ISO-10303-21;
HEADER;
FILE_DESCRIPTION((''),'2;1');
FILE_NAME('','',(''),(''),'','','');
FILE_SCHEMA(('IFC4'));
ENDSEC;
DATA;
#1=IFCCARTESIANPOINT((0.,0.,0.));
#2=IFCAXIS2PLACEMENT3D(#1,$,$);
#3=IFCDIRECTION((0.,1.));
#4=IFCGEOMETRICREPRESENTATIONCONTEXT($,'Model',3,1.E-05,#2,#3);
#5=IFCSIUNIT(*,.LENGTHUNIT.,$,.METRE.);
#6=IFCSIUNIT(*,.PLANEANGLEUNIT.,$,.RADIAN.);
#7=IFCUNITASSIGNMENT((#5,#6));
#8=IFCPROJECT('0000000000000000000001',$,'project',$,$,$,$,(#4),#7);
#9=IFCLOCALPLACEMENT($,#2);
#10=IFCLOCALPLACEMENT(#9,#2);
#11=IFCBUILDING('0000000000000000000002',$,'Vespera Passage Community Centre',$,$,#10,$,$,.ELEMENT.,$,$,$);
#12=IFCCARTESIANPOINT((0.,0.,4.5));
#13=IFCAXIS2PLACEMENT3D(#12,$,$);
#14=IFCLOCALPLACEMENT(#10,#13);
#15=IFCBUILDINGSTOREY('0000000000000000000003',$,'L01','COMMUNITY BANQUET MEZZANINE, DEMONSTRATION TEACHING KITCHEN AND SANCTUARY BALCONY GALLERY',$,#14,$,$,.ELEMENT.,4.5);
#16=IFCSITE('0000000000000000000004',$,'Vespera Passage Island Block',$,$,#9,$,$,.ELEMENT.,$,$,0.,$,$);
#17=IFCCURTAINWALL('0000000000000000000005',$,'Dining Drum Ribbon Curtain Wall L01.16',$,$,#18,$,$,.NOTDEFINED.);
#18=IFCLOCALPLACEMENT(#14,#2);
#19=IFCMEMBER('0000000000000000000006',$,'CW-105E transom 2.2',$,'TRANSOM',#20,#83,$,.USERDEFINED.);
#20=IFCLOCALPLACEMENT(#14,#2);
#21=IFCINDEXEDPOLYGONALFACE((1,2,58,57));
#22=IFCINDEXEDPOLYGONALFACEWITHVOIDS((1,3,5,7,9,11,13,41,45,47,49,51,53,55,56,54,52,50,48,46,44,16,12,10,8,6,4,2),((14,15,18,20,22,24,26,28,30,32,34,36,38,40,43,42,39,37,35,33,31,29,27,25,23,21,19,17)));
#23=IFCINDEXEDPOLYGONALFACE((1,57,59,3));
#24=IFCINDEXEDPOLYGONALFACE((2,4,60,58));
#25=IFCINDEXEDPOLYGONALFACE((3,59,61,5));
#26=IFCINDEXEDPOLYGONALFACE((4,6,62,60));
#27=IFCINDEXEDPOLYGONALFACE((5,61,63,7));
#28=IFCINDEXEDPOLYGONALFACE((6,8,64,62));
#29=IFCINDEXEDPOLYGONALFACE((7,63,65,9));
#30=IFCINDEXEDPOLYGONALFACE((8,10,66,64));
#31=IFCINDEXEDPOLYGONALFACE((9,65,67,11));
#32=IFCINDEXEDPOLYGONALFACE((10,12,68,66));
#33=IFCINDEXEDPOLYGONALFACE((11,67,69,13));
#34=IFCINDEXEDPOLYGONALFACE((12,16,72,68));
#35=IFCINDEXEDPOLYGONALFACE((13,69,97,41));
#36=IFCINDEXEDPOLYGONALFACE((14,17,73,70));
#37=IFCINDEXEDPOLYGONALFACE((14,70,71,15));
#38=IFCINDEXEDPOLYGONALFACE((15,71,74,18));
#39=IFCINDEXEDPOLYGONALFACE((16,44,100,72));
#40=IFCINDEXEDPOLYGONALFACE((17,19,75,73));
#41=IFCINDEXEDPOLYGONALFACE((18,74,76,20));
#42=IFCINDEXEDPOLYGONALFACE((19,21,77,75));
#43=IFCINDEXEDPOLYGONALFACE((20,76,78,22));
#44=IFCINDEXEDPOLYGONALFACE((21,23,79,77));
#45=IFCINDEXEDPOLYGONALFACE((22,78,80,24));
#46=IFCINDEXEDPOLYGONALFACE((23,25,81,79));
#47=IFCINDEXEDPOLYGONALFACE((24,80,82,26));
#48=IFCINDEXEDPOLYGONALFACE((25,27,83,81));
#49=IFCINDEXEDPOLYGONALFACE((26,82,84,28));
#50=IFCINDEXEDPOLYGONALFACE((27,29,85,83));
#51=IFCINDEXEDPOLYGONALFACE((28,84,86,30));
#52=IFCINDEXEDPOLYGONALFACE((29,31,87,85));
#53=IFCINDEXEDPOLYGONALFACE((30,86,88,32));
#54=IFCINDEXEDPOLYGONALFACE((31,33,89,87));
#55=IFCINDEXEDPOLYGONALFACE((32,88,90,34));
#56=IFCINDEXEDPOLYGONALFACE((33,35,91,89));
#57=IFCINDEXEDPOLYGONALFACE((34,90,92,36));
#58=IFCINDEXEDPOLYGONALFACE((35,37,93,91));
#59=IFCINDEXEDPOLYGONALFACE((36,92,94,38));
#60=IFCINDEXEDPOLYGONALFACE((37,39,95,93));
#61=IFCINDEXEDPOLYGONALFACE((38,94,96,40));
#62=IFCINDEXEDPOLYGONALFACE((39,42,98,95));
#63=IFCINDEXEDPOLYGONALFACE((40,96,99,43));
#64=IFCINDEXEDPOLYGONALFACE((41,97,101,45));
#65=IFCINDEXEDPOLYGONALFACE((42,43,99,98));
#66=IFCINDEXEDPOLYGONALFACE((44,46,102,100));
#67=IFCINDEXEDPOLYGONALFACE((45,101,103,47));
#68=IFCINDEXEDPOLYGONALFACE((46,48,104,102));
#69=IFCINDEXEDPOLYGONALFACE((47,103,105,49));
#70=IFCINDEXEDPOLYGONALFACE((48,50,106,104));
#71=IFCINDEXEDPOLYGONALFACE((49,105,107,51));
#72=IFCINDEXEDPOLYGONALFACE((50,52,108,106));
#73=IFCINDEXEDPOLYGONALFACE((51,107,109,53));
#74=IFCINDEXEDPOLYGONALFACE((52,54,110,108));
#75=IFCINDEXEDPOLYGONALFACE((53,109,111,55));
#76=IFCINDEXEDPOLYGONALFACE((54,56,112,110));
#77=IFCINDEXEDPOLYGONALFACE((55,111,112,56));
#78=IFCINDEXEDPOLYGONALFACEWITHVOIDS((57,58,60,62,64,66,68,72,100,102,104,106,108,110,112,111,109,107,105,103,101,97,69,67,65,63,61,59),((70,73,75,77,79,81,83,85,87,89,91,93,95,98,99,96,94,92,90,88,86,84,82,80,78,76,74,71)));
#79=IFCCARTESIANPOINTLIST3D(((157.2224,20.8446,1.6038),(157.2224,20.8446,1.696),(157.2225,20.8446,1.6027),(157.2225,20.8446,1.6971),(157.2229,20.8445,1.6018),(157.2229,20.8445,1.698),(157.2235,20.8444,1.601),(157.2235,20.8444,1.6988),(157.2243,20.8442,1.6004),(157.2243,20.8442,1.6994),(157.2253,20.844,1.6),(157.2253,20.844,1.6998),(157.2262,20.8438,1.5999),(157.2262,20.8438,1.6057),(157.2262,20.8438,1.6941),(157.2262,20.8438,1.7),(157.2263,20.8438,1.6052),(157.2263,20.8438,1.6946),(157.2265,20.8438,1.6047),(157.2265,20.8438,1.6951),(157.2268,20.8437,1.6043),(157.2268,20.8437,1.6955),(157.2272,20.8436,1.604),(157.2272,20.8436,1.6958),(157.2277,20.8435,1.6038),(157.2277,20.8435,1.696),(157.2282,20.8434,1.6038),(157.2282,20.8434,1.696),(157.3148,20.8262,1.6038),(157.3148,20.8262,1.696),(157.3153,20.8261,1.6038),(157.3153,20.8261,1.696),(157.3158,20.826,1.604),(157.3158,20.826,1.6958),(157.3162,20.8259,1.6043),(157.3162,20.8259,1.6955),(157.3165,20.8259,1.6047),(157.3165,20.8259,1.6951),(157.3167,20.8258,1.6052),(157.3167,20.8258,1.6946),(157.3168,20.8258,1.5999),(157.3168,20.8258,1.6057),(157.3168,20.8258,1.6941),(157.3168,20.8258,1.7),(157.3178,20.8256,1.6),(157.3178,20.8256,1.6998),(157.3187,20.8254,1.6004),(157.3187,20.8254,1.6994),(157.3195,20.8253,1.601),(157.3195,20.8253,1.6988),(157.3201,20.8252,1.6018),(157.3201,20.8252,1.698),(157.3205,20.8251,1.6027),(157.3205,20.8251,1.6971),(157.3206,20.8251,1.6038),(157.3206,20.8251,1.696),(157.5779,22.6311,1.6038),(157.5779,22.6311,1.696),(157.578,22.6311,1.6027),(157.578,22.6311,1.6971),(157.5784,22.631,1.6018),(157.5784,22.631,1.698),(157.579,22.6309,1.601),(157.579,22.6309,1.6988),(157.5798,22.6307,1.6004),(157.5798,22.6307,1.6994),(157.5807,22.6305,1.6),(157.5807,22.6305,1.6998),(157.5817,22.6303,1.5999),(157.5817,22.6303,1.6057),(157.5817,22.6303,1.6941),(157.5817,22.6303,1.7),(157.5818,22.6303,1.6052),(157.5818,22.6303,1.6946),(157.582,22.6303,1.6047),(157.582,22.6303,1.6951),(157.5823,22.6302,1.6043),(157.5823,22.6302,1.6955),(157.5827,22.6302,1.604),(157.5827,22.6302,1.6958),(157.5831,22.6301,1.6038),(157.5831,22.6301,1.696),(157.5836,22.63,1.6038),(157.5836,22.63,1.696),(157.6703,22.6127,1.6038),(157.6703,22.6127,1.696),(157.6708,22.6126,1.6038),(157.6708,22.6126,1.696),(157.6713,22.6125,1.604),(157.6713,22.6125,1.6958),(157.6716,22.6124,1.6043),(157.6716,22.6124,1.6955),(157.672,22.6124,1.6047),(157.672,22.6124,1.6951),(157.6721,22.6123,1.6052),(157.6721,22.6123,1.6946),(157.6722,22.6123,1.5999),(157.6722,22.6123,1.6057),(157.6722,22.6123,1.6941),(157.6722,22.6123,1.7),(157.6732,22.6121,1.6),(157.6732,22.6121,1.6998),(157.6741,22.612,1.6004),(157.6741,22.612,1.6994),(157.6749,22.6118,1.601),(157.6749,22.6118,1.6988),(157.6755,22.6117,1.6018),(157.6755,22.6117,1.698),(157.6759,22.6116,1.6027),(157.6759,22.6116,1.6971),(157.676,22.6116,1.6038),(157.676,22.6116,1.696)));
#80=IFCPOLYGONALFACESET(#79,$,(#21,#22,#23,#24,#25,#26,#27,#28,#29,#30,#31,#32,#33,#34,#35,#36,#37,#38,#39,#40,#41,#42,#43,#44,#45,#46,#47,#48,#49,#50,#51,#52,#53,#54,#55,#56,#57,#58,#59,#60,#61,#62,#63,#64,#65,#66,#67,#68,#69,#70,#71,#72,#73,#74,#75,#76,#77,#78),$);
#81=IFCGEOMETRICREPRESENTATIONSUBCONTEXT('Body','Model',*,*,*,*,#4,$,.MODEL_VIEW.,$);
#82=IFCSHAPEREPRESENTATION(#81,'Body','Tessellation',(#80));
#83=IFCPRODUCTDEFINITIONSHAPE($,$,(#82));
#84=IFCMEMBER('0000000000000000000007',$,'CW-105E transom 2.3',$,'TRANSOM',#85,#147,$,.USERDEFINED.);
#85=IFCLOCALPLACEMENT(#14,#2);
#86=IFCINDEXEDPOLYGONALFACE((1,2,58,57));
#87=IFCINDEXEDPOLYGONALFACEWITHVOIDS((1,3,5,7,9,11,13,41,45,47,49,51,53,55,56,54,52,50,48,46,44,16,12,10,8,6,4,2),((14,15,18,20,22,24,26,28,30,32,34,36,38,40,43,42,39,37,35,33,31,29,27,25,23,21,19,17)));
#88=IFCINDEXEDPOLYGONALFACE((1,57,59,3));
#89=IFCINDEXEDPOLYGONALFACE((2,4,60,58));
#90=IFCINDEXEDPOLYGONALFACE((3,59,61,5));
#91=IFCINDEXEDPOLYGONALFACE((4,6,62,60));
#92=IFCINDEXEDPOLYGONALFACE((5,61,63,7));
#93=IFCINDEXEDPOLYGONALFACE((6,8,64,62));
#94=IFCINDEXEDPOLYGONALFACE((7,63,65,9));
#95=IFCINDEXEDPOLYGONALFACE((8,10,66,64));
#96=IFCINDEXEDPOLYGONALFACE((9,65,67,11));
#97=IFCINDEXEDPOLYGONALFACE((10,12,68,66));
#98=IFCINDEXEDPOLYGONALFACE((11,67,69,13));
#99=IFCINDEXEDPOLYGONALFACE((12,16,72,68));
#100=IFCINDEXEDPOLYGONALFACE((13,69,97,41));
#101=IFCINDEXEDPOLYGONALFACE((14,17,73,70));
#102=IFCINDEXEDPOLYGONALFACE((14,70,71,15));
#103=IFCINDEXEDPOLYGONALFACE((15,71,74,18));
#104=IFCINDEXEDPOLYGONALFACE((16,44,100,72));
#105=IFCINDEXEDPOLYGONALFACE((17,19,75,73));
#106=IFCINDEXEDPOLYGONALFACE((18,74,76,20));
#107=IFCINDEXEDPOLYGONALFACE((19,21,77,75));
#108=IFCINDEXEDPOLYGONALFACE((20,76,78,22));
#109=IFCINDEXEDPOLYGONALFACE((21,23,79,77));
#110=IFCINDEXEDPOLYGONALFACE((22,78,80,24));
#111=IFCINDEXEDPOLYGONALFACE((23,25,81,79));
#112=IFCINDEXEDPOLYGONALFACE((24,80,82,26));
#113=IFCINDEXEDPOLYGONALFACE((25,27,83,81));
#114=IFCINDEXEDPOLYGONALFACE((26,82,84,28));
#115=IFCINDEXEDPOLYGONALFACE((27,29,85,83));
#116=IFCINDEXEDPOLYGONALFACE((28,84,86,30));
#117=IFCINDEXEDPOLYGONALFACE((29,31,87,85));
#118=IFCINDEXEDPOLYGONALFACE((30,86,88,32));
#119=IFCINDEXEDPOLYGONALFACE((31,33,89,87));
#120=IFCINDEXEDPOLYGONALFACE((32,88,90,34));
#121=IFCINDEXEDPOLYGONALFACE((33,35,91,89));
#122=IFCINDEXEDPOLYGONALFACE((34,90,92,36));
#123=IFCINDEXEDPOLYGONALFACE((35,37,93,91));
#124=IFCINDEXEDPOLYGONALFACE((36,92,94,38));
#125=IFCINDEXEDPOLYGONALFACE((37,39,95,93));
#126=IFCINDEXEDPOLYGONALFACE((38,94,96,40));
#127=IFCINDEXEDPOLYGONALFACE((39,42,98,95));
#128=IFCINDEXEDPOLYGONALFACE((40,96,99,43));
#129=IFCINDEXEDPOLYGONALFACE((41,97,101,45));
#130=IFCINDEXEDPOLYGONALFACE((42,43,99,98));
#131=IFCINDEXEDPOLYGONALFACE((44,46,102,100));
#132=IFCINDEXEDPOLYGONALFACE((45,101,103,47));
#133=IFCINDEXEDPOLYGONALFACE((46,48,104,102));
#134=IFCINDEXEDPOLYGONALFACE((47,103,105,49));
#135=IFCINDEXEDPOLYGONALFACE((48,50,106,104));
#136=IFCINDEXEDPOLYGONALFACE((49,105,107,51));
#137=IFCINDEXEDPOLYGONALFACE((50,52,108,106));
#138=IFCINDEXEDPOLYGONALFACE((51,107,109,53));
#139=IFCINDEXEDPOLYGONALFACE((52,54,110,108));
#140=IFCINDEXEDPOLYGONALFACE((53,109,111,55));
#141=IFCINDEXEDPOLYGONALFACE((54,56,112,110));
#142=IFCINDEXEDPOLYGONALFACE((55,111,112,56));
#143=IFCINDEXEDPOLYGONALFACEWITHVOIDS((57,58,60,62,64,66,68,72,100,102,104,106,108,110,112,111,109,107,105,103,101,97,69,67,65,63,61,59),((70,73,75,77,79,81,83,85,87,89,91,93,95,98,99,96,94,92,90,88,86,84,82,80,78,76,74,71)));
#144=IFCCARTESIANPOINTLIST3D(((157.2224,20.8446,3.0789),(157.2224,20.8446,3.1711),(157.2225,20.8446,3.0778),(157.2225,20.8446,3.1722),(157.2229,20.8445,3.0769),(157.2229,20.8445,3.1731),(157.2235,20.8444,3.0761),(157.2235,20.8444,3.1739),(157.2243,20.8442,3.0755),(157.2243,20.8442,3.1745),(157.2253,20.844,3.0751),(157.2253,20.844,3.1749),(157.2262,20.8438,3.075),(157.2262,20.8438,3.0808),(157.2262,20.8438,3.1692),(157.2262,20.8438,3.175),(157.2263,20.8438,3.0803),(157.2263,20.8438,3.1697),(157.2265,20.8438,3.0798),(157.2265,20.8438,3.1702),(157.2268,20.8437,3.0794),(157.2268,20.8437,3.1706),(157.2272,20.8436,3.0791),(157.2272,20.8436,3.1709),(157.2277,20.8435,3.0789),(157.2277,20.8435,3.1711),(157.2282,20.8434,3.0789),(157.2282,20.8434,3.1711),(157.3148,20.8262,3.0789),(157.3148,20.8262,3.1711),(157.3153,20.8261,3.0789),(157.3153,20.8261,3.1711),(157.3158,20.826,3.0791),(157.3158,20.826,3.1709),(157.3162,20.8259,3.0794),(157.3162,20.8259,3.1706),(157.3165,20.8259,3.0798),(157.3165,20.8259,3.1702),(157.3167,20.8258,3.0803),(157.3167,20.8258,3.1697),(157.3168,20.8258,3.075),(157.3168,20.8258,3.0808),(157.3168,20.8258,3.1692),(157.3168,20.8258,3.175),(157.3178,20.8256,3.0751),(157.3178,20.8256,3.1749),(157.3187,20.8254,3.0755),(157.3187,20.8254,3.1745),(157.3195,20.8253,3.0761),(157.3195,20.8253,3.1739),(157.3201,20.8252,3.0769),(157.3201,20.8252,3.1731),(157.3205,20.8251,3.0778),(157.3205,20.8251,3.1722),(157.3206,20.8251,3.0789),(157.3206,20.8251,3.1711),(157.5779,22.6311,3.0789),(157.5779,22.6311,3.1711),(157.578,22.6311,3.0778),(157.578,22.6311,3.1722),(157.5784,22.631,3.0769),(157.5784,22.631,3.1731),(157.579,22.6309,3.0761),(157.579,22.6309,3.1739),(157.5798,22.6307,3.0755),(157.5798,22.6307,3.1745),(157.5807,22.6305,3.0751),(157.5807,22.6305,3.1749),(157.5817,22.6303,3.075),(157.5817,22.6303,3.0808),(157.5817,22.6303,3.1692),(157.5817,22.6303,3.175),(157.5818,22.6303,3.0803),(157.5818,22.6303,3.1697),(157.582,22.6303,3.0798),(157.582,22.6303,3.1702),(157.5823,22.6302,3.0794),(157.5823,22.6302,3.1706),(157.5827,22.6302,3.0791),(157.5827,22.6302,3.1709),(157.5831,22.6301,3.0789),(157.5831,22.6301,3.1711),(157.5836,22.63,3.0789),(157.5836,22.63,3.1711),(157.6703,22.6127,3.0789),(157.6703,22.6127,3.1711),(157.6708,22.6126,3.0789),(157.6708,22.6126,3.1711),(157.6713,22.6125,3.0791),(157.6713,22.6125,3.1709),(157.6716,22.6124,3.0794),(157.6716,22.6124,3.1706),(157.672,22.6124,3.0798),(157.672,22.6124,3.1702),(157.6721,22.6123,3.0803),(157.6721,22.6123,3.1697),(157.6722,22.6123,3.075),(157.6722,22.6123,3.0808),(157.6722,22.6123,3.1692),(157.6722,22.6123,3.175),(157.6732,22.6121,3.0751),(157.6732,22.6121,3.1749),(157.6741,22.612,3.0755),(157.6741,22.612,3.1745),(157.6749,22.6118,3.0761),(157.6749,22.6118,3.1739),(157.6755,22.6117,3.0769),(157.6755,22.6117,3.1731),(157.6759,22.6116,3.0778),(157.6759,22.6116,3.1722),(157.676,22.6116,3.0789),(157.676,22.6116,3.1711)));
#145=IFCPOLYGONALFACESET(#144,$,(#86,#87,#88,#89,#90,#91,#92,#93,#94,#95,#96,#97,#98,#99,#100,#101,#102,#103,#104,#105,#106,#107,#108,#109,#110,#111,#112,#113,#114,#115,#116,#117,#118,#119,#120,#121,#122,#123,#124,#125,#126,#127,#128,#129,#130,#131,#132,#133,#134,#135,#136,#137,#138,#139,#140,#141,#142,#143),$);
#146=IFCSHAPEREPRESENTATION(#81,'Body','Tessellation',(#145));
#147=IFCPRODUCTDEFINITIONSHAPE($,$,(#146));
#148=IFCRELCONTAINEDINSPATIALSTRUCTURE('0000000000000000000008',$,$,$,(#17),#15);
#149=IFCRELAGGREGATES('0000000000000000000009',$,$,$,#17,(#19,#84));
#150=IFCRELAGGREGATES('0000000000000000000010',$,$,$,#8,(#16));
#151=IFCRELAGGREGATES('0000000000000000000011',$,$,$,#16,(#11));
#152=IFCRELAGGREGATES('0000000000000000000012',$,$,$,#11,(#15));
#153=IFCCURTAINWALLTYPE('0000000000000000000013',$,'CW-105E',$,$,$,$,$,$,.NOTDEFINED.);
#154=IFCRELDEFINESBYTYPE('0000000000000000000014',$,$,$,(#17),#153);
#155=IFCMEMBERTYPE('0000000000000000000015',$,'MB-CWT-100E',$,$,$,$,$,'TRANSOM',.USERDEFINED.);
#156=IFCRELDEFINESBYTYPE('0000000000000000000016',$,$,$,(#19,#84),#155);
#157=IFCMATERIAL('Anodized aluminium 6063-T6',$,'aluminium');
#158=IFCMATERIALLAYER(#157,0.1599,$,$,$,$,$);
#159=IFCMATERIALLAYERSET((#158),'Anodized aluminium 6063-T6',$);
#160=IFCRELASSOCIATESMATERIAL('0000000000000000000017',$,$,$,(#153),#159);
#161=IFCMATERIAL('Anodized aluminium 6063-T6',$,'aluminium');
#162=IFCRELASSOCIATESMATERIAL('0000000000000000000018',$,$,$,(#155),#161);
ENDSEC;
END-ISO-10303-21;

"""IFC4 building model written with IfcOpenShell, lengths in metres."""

from ifc_helpers import new_model, si_unit, direction, frame, origin, origin_2d, place, context, subcontext, project, spatial, hollow_rectangle, extrude, material, layer, layer_set, material_profile, profile_set, type_object, element, aggregate, save


model = new_model("IFC4")

# Units and contexts
model_context = context("Model", 3, precision=1e-05, world=origin(), true_north=direction((0.0, 1.0)))
body_context = subcontext(model_context, "Body", "Model", "MODEL_VIEW")
ifc_project = project(units=[si_unit("LENGTHUNIT", "METRE"), si_unit("PLANEANGLEUNIT", "RADIAN")], contexts=[model_context])

# Site, building, storey
site_placement = place(None, origin())
site = spatial("IfcSite", under=ifc_project, at=site_placement, Name="Vespera Passage Island Block", CompositionType="ELEMENT", RefElevation=0.0)
building_placement = place(site_placement, origin())
building = spatial("IfcBuilding", under=site, at=building_placement, Name="Vespera Passage Community Centre", CompositionType="ELEMENT")
storey_placement = place(building_placement, frame((0.0, 0.0, 4.5)))
storey = spatial("IfcBuildingStorey", under=building, at=storey_placement, Name="L01", Description="COMMUNITY BANQUET MEZZANINE, DEMONSTRATION TEACHING KITCHEN AND SANCTUARY BALCONY GALLERY", CompositionType="ELEMENT", Elevation=4.5)

# Curtain wall, members
ifc_material_1 = material(Name="Anodized aluminium 6063-T6", Category="aluminium")
ifc_layer_1 = layer(ifc_material_1, 0.1599)
ifc_layer_set_1 = layer_set([ifc_layer_1], Name="Anodized aluminium 6063-T6")
curtain_wall_type = type_object("IfcCurtainWallType", Name="CW-105E", PredefinedType="NOTDEFINED", material=ifc_layer_set_1)
curtain_wall_placement = place(storey_placement, origin())
curtain_wall = element("IfcCurtainWall", 1, at=curtain_wall_placement, inside=storey, type_object=curtain_wall_type, Name="Dining Drum Ribbon Curtain Wall L01.16", PredefinedType="NOTDEFINED")
ifc_material_2 = material(Name="Anodized aluminium 6063-T6", Category="aluminium")
ifc_material_profile_1 = material_profile(ifc_material_2, hollow_rectangle(XDim=0.1001, YDim=0.1001, WallThickness=0.0039, InnerFilletRadius=0.002, OuterFilletRadius=0.0039, at=origin_2d()), Name="ALU100X100X4")
ifc_profile_set_1 = profile_set([ifc_material_profile_1], Name="Anodized aluminium 6063-T6")
member_type_1 = type_object("IfcMemberType", Name="MB-CWT-100E", ElementType="TRANSOM", PredefinedType="USERDEFINED", material=ifc_profile_set_1)
member_1_placement = place(storey_placement, frame((157.627, 22.6213, 1.6499), z_axis=(-0.195137, -0.980776, 0.0), x_axis=(0.980776, -0.195137, 0.0)))
member_1 = element("IfcMember", 2, at=member_1_placement, type_object=member_type_1, Name="CW-105E transom 2.2", ObjectType="TRANSOM", PredefinedType="USERDEFINED", context=body_context, shape_type="SweptSolid", body=[
    extrude(hollow_rectangle(XDim=0.1001, YDim=0.1001, WallThickness=0.0039, InnerFilletRadius=0.002, OuterFilletRadius=0.0039, at=origin_2d()), origin(), (0.0, 0.0, 1.0), 1.8215),
])
member_2_placement = place(storey_placement, frame((157.627, 22.6213, 3.125), z_axis=(-0.195137, -0.980776, 0.0), x_axis=(0.980776, -0.195137, 0.0)))
member_2 = element("IfcMember", 3, at=member_2_placement, type_object=member_type_1, Name="CW-105E transom 2.3", ObjectType="TRANSOM", PredefinedType="USERDEFINED", context=body_context, shape_type="SweptSolid", body=[
    extrude(hollow_rectangle(XDim=0.1001, YDim=0.1001, WallThickness=0.0039, InnerFilletRadius=0.002, OuterFilletRadius=0.0039, at=origin_2d()), origin(), (0.0, 0.0, 1.0), 1.8215),
])
aggregate(curtain_wall, [member_1, member_2])

save(model, "model.ifc")
